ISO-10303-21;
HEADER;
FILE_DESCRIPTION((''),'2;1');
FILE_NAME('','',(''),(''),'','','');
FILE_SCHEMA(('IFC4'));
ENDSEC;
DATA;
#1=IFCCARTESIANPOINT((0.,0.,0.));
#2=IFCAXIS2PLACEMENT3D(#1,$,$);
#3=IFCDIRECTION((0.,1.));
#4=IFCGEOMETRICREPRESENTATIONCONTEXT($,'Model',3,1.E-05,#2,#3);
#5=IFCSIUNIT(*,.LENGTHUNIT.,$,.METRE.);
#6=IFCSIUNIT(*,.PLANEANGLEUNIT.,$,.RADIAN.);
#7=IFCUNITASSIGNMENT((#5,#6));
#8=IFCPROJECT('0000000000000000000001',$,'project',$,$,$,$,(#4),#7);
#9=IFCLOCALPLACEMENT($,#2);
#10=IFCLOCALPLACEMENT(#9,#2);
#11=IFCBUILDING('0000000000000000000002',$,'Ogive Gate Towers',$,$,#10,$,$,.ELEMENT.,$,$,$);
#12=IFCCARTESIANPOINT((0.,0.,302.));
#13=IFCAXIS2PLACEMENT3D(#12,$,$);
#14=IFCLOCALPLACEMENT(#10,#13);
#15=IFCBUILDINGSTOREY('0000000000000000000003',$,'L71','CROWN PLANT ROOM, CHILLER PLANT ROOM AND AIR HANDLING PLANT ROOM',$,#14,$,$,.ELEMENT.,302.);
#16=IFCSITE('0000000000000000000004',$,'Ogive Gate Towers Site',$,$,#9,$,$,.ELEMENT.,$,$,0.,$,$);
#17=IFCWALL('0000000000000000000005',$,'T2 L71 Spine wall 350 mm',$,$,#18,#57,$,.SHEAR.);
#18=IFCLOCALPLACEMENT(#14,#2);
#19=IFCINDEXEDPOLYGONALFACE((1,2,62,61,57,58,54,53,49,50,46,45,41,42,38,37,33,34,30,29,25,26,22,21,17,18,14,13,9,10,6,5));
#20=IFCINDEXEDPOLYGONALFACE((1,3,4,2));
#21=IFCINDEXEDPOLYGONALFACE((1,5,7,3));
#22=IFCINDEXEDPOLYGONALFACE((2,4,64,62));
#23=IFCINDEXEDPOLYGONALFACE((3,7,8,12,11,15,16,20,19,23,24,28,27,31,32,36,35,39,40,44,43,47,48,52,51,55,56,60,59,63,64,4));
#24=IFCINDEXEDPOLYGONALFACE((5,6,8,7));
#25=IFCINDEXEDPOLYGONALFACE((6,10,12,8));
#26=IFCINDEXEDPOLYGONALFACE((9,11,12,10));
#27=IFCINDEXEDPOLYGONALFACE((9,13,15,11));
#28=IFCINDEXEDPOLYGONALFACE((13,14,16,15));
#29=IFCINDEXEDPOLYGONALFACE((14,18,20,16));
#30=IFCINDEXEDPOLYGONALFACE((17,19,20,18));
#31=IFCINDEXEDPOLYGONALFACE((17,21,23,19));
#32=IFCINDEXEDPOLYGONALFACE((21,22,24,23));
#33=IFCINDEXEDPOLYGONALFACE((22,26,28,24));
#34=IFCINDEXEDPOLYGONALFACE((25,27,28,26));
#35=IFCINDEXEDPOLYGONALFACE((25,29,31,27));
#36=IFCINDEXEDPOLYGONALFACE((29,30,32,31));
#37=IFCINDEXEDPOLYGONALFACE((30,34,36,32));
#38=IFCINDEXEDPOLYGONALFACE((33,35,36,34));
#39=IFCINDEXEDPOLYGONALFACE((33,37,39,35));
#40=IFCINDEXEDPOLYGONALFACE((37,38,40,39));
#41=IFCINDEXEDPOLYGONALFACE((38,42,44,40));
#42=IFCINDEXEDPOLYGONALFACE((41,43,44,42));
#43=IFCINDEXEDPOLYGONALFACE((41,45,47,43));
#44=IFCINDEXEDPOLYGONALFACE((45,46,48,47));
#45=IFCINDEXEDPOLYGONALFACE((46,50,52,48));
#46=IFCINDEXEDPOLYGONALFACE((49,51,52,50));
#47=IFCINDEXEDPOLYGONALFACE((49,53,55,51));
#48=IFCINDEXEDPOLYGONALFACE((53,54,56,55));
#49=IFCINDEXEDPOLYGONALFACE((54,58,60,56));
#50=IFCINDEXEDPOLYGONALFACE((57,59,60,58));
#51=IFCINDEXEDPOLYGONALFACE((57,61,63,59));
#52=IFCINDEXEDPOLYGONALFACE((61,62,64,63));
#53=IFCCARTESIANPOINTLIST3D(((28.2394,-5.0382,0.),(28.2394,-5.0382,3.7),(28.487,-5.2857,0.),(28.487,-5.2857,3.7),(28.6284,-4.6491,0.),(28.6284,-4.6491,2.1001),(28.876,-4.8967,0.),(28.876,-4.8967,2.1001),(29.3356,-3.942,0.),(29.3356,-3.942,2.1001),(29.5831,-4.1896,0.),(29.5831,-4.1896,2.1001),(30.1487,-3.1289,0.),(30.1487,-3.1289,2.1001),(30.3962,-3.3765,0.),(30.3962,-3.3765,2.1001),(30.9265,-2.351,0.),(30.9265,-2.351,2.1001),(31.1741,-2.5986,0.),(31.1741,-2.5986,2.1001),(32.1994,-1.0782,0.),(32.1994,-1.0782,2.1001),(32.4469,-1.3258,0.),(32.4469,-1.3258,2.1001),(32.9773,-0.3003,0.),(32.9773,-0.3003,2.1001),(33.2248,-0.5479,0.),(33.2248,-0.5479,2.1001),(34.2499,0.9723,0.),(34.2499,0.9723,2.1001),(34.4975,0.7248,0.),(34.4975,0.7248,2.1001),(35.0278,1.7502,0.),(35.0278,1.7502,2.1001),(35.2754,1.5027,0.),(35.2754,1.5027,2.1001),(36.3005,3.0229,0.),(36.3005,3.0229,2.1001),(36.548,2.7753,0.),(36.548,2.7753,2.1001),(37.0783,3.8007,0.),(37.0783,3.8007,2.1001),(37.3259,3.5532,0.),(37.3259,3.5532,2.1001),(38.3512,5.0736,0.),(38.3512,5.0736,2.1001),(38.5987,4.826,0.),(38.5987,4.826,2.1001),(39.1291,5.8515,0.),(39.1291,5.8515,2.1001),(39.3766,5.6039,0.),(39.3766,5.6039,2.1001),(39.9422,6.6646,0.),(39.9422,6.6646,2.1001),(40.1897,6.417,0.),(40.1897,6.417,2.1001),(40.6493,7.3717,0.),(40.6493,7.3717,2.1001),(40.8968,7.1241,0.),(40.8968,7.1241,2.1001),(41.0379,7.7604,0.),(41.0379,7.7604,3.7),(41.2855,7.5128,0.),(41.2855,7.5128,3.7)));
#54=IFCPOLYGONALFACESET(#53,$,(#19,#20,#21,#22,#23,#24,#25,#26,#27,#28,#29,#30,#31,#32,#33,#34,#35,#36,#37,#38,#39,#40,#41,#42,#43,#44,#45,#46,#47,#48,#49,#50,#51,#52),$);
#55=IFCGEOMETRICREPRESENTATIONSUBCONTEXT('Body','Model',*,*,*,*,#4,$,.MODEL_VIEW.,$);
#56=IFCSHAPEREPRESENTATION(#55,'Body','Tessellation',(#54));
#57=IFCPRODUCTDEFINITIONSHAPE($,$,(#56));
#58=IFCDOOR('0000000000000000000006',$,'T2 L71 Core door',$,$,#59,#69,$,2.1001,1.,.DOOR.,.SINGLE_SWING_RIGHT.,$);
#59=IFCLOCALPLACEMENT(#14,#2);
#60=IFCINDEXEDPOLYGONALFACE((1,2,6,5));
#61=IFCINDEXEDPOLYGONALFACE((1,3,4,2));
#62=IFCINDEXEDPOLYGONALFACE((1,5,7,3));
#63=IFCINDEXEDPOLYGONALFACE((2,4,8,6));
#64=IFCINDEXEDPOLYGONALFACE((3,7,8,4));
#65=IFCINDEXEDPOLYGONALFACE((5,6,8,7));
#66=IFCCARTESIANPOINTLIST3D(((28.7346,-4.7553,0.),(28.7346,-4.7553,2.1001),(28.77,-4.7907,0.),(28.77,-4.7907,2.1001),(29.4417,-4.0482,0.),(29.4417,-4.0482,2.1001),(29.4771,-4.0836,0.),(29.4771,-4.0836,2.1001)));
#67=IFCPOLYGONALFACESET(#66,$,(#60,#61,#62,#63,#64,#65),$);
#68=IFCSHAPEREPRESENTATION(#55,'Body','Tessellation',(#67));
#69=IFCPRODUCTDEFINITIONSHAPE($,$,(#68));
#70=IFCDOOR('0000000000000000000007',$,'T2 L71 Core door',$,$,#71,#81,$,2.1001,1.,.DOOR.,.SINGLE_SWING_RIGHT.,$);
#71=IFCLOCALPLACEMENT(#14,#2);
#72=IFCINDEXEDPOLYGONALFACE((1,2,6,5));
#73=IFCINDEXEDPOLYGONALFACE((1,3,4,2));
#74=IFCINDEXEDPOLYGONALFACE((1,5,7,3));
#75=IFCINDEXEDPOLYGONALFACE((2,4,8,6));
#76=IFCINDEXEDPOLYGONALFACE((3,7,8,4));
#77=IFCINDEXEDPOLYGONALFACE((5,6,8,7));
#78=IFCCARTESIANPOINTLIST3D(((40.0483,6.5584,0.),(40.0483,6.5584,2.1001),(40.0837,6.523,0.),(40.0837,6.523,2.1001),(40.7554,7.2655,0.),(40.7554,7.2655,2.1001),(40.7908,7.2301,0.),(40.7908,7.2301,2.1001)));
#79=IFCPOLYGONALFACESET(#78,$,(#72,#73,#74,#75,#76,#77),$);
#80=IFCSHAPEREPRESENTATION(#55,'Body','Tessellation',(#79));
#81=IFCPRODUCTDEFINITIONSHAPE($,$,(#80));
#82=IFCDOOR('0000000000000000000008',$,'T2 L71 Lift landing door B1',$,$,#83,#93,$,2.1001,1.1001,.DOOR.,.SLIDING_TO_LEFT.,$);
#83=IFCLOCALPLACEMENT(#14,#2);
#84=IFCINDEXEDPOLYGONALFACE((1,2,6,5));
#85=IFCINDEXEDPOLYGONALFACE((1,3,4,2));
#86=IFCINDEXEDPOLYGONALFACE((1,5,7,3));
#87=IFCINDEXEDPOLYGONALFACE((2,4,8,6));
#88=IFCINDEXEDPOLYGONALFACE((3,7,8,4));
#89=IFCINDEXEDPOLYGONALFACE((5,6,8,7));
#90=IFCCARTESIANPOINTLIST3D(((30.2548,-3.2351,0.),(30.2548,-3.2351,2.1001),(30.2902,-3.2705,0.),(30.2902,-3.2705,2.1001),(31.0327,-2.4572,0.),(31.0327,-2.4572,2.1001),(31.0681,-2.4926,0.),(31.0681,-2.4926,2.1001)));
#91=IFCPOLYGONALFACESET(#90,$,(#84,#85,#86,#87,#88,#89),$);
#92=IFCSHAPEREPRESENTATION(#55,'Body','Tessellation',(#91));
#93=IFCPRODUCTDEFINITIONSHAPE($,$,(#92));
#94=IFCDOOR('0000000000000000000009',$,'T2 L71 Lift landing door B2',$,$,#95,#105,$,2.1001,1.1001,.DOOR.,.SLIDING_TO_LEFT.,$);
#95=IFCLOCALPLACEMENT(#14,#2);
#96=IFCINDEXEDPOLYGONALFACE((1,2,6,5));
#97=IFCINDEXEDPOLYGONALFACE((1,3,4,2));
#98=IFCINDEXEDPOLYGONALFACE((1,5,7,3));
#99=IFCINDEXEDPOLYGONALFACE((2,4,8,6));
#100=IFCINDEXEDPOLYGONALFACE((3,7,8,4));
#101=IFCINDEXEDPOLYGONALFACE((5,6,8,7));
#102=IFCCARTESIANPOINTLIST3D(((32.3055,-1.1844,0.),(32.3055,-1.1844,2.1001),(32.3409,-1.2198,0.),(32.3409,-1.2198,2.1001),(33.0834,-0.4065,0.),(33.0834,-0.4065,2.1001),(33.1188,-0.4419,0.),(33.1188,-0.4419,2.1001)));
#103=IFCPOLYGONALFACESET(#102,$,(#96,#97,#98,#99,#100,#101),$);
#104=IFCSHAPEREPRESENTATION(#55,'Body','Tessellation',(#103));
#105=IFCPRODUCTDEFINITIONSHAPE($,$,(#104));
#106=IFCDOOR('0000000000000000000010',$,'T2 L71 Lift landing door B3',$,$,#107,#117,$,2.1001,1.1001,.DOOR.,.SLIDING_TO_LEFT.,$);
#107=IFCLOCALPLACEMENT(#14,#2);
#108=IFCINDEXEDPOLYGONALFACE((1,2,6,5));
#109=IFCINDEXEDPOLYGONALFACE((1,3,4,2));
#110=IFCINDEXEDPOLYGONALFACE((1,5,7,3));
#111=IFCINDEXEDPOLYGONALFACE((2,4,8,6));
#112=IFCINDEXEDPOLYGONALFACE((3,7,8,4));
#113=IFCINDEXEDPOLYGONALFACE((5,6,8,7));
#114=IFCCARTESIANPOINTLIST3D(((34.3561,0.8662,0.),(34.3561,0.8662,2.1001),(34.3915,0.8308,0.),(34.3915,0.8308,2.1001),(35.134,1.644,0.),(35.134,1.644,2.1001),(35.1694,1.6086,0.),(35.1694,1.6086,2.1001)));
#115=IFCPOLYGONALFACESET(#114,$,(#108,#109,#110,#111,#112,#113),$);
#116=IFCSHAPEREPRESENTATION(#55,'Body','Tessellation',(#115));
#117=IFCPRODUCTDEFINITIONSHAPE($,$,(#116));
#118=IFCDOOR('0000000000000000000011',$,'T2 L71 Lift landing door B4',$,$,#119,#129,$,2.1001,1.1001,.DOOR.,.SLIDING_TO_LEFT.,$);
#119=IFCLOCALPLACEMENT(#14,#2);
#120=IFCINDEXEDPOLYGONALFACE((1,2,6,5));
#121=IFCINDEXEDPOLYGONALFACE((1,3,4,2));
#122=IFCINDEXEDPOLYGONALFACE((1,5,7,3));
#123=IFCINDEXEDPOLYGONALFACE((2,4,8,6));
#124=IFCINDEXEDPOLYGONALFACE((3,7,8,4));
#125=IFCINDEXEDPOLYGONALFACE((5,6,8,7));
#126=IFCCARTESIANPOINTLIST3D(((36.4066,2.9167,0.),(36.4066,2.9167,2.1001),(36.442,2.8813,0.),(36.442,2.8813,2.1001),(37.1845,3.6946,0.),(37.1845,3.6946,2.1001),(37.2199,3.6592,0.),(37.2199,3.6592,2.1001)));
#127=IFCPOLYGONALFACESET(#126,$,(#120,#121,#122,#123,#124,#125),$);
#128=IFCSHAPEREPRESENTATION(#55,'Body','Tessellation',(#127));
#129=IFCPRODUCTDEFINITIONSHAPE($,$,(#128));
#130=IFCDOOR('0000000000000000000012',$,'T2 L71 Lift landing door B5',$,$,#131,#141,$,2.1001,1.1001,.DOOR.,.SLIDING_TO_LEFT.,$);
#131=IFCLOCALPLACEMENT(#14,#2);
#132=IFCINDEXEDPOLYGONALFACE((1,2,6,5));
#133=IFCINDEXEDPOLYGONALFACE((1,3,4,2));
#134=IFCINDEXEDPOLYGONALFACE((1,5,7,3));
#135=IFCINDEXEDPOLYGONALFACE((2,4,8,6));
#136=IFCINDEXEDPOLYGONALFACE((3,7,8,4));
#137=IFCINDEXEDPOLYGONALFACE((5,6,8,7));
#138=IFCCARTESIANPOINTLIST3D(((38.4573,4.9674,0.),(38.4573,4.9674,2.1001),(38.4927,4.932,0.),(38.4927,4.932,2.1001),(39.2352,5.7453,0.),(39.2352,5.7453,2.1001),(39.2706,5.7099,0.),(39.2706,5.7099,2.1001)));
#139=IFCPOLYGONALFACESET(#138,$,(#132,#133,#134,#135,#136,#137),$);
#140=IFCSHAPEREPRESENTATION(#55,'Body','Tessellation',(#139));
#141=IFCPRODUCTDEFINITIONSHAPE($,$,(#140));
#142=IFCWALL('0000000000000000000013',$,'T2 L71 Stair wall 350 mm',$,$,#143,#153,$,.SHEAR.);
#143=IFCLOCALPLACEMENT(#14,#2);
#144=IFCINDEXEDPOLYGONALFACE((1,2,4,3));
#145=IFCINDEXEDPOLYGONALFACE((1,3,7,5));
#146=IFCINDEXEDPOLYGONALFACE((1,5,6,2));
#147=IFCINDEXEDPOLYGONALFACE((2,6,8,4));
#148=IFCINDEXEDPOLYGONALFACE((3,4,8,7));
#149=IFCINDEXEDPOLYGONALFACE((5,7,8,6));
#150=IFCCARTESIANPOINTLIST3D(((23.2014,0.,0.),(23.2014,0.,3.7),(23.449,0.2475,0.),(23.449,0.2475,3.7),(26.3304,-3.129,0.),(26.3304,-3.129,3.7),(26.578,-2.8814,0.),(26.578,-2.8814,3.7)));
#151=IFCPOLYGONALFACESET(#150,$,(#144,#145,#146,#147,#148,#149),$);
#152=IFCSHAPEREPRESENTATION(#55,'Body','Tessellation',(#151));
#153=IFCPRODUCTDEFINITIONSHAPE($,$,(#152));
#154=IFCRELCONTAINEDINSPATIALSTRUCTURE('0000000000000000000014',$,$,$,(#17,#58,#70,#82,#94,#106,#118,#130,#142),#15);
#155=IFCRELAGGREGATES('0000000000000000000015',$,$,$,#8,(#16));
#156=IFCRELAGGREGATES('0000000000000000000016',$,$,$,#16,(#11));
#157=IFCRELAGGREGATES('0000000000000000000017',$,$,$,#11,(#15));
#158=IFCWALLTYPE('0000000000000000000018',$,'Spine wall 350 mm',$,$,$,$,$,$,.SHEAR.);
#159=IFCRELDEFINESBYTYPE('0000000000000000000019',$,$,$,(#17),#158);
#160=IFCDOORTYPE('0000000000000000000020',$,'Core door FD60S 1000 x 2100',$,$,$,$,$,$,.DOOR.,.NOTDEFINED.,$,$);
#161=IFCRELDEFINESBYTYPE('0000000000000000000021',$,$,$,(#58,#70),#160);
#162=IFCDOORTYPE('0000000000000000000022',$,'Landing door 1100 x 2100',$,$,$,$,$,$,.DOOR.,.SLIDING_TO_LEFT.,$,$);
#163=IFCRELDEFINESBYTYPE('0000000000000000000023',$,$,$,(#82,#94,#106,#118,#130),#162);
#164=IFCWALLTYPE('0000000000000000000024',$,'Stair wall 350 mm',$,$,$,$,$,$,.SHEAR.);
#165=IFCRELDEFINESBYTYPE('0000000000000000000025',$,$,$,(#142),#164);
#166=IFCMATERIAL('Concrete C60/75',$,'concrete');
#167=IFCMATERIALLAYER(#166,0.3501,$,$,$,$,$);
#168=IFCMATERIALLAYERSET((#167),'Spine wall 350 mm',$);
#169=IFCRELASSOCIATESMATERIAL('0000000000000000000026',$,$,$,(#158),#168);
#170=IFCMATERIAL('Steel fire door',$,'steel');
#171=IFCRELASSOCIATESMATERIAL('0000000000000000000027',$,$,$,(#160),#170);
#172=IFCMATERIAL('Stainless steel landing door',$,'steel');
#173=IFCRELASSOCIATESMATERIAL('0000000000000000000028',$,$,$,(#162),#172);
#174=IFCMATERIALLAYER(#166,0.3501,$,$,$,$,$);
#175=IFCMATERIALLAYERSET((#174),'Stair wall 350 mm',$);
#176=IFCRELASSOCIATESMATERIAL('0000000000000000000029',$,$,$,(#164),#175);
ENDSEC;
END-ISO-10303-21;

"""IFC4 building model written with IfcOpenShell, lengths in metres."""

from ifc_helpers import new_model, si_unit, direction, frame, frame_2d, origin, place, context, subcontext, project, spatial, rectangle, extrude, material, layer, layer_set, type_object, element, fill, save


model = new_model("IFC4")

# Units and contexts
model_context = context("Model", 3, precision=1e-05, world=origin(), true_north=direction((0.0, 1.0)))
body_context = subcontext(model_context, "Body", "Model", "MODEL_VIEW")
ifc_project = project(units=[si_unit("LENGTHUNIT", "METRE"), si_unit("PLANEANGLEUNIT", "RADIAN")], contexts=[model_context])

# Site, building, storey
site_placement = place(None, origin())
site = spatial("IfcSite", under=ifc_project, at=site_placement, Name="Ogive Gate Towers Site", CompositionType="ELEMENT", RefElevation=0.0)
building_placement = place(site_placement, origin())
building = spatial("IfcBuilding", under=site, at=building_placement, Name="Ogive Gate Towers", CompositionType="ELEMENT")
storey_placement = place(building_placement, frame((0.0, 0.0, 302.0)))
storey = spatial("IfcBuildingStorey", under=building, at=storey_placement, Name="L71", Description="CROWN PLANT ROOM, CHILLER PLANT ROOM AND AIR HANDLING PLANT ROOM", CompositionType="ELEMENT", Elevation=302.0)

# Shared definitions
ifc_material_1 = material(Name="Concrete C60/75", Category="concrete")

# Wall, openings, doors
ifc_layer_1 = layer(ifc_material_1, 0.3501)
ifc_layer_set_1 = layer_set([ifc_layer_1], Name="Spine wall 350 mm")
wall_type_1 = type_object("IfcWallType", Name="Spine wall 350 mm", PredefinedType="SHEAR", material=ifc_layer_set_1)
ifc_material_2 = material(Name="Steel fire door", Category="steel")
door_type_1 = type_object("IfcDoorType", Name="Core door FD60S 1000 x 2100", OperationType="NOTDEFINED", PredefinedType="DOOR", material=ifc_material_2)
ifc_material_3 = material(Name="Stainless steel landing door", Category="steel")
door_type_2 = type_object("IfcDoorType", Name="Landing door 1100 x 2100", OperationType="SLIDING_TO_LEFT", PredefinedType="DOOR", material=ifc_material_3)
wall_1_placement = place(storey_placement, frame((28.3633, -5.1619, 0.0), z_axis=(0.0, 0.0, 1.0), x_axis=(0.707107, 0.707107, 0.0)))
wall_1 = element("IfcWall", 1, at=wall_1_placement, inside=storey, type_object=wall_type_1, Name="T2 L71 Spine wall 350 mm", PredefinedType="SHEAR", context=body_context, shape_type="SweptSolid", body=[
    extrude(rectangle(XDim=18.0999, YDim=0.3501, at=frame_2d((9.0498, 0.0))), origin(), (0.0, 0.0, 1.0), 3.7),
])
opening_1_placement = place(wall_1_placement, frame((0.55, 0.0, 0.0)))
opening_1 = element("IfcOpeningElement", 2, at=opening_1_placement, cuts=wall_1, PredefinedType="OPENING", context=body_context, shape_type="SweptSolid", body=[
    extrude(rectangle(XDim=1.0, YDim=2.1001, at=frame_2d((0.5, 1.05))), frame((0.0, 0.1851, 0.0), z_axis=(0.0, -1.0, 0.0), x_axis=(1.0, 0.0, 0.0)), (0.0, 0.0, 1.0), 0.3701),
])
opening_2_placement = place(wall_1_placement, frame((2.7, 0.0, 0.0)))
opening_2 = element("IfcOpeningElement", 3, at=opening_2_placement, cuts=wall_1, PredefinedType="OPENING", context=body_context, shape_type="SweptSolid", body=[
    extrude(rectangle(XDim=1.1001, YDim=2.1001, at=frame_2d((0.55, 1.05))), frame((0.0, 0.1851, 0.0), z_axis=(0.0, -1.0, 0.0), x_axis=(1.0, 0.0, 0.0)), (0.0, 0.0, 1.0), 0.3701),
])
opening_3_placement = place(wall_1_placement, frame((5.6001, 0.0, 0.0)))
opening_3 = element("IfcOpeningElement", 4, at=opening_3_placement, cuts=wall_1, PredefinedType="OPENING", context=body_context, shape_type="SweptSolid", body=[
    extrude(rectangle(XDim=1.1001, YDim=2.1001, at=frame_2d((0.55, 1.05))), frame((0.0, 0.1851, 0.0), z_axis=(0.0, -1.0, 0.0), x_axis=(1.0, 0.0, 0.0)), (0.0, 0.0, 1.0), 0.3701),
])
opening_4_placement = place(wall_1_placement, frame((8.5, 0.0, 0.0)))
opening_4 = element("IfcOpeningElement", 5, at=opening_4_placement, cuts=wall_1, PredefinedType="OPENING", context=body_context, shape_type="SweptSolid", body=[
    extrude(rectangle(XDim=1.1001, YDim=2.1001, at=frame_2d((0.55, 1.05))), frame((0.0, 0.1851, 0.0), z_axis=(0.0, -1.0, 0.0), x_axis=(1.0, 0.0, 0.0)), (0.0, 0.0, 1.0), 0.3701),
])
opening_5_placement = place(wall_1_placement, frame((11.3999, 0.0, 0.0)))
opening_5 = element("IfcOpeningElement", 6, at=opening_5_placement, cuts=wall_1, PredefinedType="OPENING", context=body_context, shape_type="SweptSolid", body=[
    extrude(rectangle(XDim=1.1001, YDim=2.1001, at=frame_2d((0.55, 1.05))), frame((0.0, 0.1851, 0.0), z_axis=(0.0, -1.0, 0.0), x_axis=(1.0, 0.0, 0.0)), (0.0, 0.0, 1.0), 0.3701),
])
opening_6_placement = place(wall_1_placement, frame((14.3, 0.0, 0.0)))
opening_6 = element("IfcOpeningElement", 7, at=opening_6_placement, cuts=wall_1, PredefinedType="OPENING", context=body_context, shape_type="SweptSolid", body=[
    extrude(rectangle(XDim=1.1001, YDim=2.1001, at=frame_2d((0.55, 1.05))), frame((0.0, 0.1851, 0.0), z_axis=(0.0, -1.0, 0.0), x_axis=(1.0, 0.0, 0.0)), (0.0, 0.0, 1.0), 0.3701),
])
opening_7_placement = place(wall_1_placement, frame((16.55, 0.0, 0.0)))
opening_7 = element("IfcOpeningElement", 8, at=opening_7_placement, cuts=wall_1, PredefinedType="OPENING", context=body_context, shape_type="SweptSolid", body=[
    extrude(rectangle(XDim=1.0, YDim=2.1001, at=frame_2d((0.5, 1.05))), frame((0.0, 0.1851, 0.0), z_axis=(0.0, -1.0, 0.0), x_axis=(1.0, 0.0, 0.0)), (0.0, 0.0, 1.0), 0.3701),
])
door_1_placement = place(opening_1_placement, origin())
door_1 = element("IfcDoor", 9, at=door_1_placement, inside=storey, type_object=door_type_1, Name="T2 L71 Core door", OperationType="SINGLE_SWING_RIGHT", OverallHeight=2.1001, OverallWidth=1.0, PredefinedType="DOOR", context=body_context, shape_type="SweptSolid", body=[
    extrude(rectangle(XDim=1.0, YDim=2.1001, at=frame_2d((0.5, 1.05))), frame((0.0, 0.0249, 0.0), z_axis=(0.0, -1.0, 0.0), x_axis=(1.0, 0.0, 0.0)), (0.0, 0.0, 1.0), 0.05),
])
fill(opening_1, door_1)
door_2_placement = place(opening_7_placement, origin())
door_2 = element("IfcDoor", 10, at=door_2_placement, inside=storey, type_object=door_type_1, Name="T2 L71 Core door", OperationType="SINGLE_SWING_RIGHT", OverallHeight=2.1001, OverallWidth=1.0, PredefinedType="DOOR", context=body_context, shape_type="SweptSolid", body=[
    extrude(rectangle(XDim=1.0, YDim=2.1001, at=frame_2d((0.5, 1.05))), frame((0.0, 0.0249, 0.0), z_axis=(0.0, -1.0, 0.0), x_axis=(1.0, 0.0, 0.0)), (0.0, 0.0, 1.0), 0.05),
])
fill(opening_7, door_2)
door_3_placement = place(opening_2_placement, origin())
door_3 = element("IfcDoor", 11, at=door_3_placement, inside=storey, type_object=door_type_2, Name="T2 L71 Lift landing door B1", OperationType="SLIDING_TO_LEFT", OverallHeight=2.1001, OverallWidth=1.1001, PredefinedType="DOOR", context=body_context, shape_type="SweptSolid", body=[
    extrude(rectangle(XDim=1.1001, YDim=2.1001, at=frame_2d((0.55, 1.05))), frame((0.0, 0.0249, 0.0), z_axis=(0.0, -1.0, 0.0), x_axis=(1.0, 0.0, 0.0)), (0.0, 0.0, 1.0), 0.05),
])
fill(opening_2, door_3)
door_4_placement = place(opening_3_placement, origin())
door_4 = element("IfcDoor", 12, at=door_4_placement, inside=storey, type_object=door_type_2, Name="T2 L71 Lift landing door B2", OperationType="SLIDING_TO_LEFT", OverallHeight=2.1001, OverallWidth=1.1001, PredefinedType="DOOR", context=body_context, shape_type="SweptSolid", body=[
    extrude(rectangle(XDim=1.1001, YDim=2.1001, at=frame_2d((0.55, 1.05))), frame((0.0, 0.0249, 0.0), z_axis=(0.0, -1.0, 0.0), x_axis=(1.0, 0.0, 0.0)), (0.0, 0.0, 1.0), 0.05),
])
fill(opening_3, door_4)
door_5_placement = place(opening_4_placement, origin())
door_5 = element("IfcDoor", 13, at=door_5_placement, inside=storey, type_object=door_type_2, Name="T2 L71 Lift landing door B3", OperationType="SLIDING_TO_LEFT", OverallHeight=2.1001, OverallWidth=1.1001, PredefinedType="DOOR", context=body_context, shape_type="SweptSolid", body=[
    extrude(rectangle(XDim=1.1001, YDim=2.1001, at=frame_2d((0.55, 1.05))), frame((0.0, 0.0249, 0.0), z_axis=(0.0, -1.0, 0.0), x_axis=(1.0, 0.0, 0.0)), (0.0, 0.0, 1.0), 0.05),
])
fill(opening_4, door_5)
door_6_placement = place(opening_5_placement, origin())
door_6 = element("IfcDoor", 14, at=door_6_placement, inside=storey, type_object=door_type_2, Name="T2 L71 Lift landing door B4", OperationType="SLIDING_TO_LEFT", OverallHeight=2.1001, OverallWidth=1.1001, PredefinedType="DOOR", context=body_context, shape_type="SweptSolid", body=[
    extrude(rectangle(XDim=1.1001, YDim=2.1001, at=frame_2d((0.55, 1.05))), frame((0.0, 0.0249, 0.0), z_axis=(0.0, -1.0, 0.0), x_axis=(1.0, 0.0, 0.0)), (0.0, 0.0, 1.0), 0.05),
])
fill(opening_5, door_6)
door_7_placement = place(opening_6_placement, origin())
door_7 = element("IfcDoor", 15, at=door_7_placement, inside=storey, type_object=door_type_2, Name="T2 L71 Lift landing door B5", OperationType="SLIDING_TO_LEFT", OverallHeight=2.1001, OverallWidth=1.1001, PredefinedType="DOOR", context=body_context, shape_type="SweptSolid", body=[
    extrude(rectangle(XDim=1.1001, YDim=2.1001, at=frame_2d((0.55, 1.05))), frame((0.0, 0.0249, 0.0), z_axis=(0.0, -1.0, 0.0), x_axis=(1.0, 0.0, 0.0)), (0.0, 0.0, 1.0), 0.05),
])
fill(opening_6, door_7)

# Wall
ifc_layer_2 = layer(ifc_material_1, 0.3501)
ifc_layer_set_2 = layer_set([ifc_layer_2], Name="Stair wall 350 mm")
wall_type_2 = type_object("IfcWallType", Name="Stair wall 350 mm", PredefinedType="SHEAR", material=ifc_layer_set_2)
wall_2_placement = place(storey_placement, frame((26.4541, -3.0051, 0.0), z_axis=(0.0, 0.0, 1.0), x_axis=(-0.707107, 0.707107, 0.0)))
element("IfcWall", 16, at=wall_2_placement, inside=storey, type_object=wall_type_2, Name="T2 L71 Stair wall 350 mm", PredefinedType="SHEAR", context=body_context, shape_type="SweptSolid", body=[
    extrude(rectangle(XDim=4.425, YDim=0.3501, at=frame_2d((2.2124, 0.0))), origin(), (0.0, 0.0, 1.0), 3.7),
])

save(model, "model.ifc")
